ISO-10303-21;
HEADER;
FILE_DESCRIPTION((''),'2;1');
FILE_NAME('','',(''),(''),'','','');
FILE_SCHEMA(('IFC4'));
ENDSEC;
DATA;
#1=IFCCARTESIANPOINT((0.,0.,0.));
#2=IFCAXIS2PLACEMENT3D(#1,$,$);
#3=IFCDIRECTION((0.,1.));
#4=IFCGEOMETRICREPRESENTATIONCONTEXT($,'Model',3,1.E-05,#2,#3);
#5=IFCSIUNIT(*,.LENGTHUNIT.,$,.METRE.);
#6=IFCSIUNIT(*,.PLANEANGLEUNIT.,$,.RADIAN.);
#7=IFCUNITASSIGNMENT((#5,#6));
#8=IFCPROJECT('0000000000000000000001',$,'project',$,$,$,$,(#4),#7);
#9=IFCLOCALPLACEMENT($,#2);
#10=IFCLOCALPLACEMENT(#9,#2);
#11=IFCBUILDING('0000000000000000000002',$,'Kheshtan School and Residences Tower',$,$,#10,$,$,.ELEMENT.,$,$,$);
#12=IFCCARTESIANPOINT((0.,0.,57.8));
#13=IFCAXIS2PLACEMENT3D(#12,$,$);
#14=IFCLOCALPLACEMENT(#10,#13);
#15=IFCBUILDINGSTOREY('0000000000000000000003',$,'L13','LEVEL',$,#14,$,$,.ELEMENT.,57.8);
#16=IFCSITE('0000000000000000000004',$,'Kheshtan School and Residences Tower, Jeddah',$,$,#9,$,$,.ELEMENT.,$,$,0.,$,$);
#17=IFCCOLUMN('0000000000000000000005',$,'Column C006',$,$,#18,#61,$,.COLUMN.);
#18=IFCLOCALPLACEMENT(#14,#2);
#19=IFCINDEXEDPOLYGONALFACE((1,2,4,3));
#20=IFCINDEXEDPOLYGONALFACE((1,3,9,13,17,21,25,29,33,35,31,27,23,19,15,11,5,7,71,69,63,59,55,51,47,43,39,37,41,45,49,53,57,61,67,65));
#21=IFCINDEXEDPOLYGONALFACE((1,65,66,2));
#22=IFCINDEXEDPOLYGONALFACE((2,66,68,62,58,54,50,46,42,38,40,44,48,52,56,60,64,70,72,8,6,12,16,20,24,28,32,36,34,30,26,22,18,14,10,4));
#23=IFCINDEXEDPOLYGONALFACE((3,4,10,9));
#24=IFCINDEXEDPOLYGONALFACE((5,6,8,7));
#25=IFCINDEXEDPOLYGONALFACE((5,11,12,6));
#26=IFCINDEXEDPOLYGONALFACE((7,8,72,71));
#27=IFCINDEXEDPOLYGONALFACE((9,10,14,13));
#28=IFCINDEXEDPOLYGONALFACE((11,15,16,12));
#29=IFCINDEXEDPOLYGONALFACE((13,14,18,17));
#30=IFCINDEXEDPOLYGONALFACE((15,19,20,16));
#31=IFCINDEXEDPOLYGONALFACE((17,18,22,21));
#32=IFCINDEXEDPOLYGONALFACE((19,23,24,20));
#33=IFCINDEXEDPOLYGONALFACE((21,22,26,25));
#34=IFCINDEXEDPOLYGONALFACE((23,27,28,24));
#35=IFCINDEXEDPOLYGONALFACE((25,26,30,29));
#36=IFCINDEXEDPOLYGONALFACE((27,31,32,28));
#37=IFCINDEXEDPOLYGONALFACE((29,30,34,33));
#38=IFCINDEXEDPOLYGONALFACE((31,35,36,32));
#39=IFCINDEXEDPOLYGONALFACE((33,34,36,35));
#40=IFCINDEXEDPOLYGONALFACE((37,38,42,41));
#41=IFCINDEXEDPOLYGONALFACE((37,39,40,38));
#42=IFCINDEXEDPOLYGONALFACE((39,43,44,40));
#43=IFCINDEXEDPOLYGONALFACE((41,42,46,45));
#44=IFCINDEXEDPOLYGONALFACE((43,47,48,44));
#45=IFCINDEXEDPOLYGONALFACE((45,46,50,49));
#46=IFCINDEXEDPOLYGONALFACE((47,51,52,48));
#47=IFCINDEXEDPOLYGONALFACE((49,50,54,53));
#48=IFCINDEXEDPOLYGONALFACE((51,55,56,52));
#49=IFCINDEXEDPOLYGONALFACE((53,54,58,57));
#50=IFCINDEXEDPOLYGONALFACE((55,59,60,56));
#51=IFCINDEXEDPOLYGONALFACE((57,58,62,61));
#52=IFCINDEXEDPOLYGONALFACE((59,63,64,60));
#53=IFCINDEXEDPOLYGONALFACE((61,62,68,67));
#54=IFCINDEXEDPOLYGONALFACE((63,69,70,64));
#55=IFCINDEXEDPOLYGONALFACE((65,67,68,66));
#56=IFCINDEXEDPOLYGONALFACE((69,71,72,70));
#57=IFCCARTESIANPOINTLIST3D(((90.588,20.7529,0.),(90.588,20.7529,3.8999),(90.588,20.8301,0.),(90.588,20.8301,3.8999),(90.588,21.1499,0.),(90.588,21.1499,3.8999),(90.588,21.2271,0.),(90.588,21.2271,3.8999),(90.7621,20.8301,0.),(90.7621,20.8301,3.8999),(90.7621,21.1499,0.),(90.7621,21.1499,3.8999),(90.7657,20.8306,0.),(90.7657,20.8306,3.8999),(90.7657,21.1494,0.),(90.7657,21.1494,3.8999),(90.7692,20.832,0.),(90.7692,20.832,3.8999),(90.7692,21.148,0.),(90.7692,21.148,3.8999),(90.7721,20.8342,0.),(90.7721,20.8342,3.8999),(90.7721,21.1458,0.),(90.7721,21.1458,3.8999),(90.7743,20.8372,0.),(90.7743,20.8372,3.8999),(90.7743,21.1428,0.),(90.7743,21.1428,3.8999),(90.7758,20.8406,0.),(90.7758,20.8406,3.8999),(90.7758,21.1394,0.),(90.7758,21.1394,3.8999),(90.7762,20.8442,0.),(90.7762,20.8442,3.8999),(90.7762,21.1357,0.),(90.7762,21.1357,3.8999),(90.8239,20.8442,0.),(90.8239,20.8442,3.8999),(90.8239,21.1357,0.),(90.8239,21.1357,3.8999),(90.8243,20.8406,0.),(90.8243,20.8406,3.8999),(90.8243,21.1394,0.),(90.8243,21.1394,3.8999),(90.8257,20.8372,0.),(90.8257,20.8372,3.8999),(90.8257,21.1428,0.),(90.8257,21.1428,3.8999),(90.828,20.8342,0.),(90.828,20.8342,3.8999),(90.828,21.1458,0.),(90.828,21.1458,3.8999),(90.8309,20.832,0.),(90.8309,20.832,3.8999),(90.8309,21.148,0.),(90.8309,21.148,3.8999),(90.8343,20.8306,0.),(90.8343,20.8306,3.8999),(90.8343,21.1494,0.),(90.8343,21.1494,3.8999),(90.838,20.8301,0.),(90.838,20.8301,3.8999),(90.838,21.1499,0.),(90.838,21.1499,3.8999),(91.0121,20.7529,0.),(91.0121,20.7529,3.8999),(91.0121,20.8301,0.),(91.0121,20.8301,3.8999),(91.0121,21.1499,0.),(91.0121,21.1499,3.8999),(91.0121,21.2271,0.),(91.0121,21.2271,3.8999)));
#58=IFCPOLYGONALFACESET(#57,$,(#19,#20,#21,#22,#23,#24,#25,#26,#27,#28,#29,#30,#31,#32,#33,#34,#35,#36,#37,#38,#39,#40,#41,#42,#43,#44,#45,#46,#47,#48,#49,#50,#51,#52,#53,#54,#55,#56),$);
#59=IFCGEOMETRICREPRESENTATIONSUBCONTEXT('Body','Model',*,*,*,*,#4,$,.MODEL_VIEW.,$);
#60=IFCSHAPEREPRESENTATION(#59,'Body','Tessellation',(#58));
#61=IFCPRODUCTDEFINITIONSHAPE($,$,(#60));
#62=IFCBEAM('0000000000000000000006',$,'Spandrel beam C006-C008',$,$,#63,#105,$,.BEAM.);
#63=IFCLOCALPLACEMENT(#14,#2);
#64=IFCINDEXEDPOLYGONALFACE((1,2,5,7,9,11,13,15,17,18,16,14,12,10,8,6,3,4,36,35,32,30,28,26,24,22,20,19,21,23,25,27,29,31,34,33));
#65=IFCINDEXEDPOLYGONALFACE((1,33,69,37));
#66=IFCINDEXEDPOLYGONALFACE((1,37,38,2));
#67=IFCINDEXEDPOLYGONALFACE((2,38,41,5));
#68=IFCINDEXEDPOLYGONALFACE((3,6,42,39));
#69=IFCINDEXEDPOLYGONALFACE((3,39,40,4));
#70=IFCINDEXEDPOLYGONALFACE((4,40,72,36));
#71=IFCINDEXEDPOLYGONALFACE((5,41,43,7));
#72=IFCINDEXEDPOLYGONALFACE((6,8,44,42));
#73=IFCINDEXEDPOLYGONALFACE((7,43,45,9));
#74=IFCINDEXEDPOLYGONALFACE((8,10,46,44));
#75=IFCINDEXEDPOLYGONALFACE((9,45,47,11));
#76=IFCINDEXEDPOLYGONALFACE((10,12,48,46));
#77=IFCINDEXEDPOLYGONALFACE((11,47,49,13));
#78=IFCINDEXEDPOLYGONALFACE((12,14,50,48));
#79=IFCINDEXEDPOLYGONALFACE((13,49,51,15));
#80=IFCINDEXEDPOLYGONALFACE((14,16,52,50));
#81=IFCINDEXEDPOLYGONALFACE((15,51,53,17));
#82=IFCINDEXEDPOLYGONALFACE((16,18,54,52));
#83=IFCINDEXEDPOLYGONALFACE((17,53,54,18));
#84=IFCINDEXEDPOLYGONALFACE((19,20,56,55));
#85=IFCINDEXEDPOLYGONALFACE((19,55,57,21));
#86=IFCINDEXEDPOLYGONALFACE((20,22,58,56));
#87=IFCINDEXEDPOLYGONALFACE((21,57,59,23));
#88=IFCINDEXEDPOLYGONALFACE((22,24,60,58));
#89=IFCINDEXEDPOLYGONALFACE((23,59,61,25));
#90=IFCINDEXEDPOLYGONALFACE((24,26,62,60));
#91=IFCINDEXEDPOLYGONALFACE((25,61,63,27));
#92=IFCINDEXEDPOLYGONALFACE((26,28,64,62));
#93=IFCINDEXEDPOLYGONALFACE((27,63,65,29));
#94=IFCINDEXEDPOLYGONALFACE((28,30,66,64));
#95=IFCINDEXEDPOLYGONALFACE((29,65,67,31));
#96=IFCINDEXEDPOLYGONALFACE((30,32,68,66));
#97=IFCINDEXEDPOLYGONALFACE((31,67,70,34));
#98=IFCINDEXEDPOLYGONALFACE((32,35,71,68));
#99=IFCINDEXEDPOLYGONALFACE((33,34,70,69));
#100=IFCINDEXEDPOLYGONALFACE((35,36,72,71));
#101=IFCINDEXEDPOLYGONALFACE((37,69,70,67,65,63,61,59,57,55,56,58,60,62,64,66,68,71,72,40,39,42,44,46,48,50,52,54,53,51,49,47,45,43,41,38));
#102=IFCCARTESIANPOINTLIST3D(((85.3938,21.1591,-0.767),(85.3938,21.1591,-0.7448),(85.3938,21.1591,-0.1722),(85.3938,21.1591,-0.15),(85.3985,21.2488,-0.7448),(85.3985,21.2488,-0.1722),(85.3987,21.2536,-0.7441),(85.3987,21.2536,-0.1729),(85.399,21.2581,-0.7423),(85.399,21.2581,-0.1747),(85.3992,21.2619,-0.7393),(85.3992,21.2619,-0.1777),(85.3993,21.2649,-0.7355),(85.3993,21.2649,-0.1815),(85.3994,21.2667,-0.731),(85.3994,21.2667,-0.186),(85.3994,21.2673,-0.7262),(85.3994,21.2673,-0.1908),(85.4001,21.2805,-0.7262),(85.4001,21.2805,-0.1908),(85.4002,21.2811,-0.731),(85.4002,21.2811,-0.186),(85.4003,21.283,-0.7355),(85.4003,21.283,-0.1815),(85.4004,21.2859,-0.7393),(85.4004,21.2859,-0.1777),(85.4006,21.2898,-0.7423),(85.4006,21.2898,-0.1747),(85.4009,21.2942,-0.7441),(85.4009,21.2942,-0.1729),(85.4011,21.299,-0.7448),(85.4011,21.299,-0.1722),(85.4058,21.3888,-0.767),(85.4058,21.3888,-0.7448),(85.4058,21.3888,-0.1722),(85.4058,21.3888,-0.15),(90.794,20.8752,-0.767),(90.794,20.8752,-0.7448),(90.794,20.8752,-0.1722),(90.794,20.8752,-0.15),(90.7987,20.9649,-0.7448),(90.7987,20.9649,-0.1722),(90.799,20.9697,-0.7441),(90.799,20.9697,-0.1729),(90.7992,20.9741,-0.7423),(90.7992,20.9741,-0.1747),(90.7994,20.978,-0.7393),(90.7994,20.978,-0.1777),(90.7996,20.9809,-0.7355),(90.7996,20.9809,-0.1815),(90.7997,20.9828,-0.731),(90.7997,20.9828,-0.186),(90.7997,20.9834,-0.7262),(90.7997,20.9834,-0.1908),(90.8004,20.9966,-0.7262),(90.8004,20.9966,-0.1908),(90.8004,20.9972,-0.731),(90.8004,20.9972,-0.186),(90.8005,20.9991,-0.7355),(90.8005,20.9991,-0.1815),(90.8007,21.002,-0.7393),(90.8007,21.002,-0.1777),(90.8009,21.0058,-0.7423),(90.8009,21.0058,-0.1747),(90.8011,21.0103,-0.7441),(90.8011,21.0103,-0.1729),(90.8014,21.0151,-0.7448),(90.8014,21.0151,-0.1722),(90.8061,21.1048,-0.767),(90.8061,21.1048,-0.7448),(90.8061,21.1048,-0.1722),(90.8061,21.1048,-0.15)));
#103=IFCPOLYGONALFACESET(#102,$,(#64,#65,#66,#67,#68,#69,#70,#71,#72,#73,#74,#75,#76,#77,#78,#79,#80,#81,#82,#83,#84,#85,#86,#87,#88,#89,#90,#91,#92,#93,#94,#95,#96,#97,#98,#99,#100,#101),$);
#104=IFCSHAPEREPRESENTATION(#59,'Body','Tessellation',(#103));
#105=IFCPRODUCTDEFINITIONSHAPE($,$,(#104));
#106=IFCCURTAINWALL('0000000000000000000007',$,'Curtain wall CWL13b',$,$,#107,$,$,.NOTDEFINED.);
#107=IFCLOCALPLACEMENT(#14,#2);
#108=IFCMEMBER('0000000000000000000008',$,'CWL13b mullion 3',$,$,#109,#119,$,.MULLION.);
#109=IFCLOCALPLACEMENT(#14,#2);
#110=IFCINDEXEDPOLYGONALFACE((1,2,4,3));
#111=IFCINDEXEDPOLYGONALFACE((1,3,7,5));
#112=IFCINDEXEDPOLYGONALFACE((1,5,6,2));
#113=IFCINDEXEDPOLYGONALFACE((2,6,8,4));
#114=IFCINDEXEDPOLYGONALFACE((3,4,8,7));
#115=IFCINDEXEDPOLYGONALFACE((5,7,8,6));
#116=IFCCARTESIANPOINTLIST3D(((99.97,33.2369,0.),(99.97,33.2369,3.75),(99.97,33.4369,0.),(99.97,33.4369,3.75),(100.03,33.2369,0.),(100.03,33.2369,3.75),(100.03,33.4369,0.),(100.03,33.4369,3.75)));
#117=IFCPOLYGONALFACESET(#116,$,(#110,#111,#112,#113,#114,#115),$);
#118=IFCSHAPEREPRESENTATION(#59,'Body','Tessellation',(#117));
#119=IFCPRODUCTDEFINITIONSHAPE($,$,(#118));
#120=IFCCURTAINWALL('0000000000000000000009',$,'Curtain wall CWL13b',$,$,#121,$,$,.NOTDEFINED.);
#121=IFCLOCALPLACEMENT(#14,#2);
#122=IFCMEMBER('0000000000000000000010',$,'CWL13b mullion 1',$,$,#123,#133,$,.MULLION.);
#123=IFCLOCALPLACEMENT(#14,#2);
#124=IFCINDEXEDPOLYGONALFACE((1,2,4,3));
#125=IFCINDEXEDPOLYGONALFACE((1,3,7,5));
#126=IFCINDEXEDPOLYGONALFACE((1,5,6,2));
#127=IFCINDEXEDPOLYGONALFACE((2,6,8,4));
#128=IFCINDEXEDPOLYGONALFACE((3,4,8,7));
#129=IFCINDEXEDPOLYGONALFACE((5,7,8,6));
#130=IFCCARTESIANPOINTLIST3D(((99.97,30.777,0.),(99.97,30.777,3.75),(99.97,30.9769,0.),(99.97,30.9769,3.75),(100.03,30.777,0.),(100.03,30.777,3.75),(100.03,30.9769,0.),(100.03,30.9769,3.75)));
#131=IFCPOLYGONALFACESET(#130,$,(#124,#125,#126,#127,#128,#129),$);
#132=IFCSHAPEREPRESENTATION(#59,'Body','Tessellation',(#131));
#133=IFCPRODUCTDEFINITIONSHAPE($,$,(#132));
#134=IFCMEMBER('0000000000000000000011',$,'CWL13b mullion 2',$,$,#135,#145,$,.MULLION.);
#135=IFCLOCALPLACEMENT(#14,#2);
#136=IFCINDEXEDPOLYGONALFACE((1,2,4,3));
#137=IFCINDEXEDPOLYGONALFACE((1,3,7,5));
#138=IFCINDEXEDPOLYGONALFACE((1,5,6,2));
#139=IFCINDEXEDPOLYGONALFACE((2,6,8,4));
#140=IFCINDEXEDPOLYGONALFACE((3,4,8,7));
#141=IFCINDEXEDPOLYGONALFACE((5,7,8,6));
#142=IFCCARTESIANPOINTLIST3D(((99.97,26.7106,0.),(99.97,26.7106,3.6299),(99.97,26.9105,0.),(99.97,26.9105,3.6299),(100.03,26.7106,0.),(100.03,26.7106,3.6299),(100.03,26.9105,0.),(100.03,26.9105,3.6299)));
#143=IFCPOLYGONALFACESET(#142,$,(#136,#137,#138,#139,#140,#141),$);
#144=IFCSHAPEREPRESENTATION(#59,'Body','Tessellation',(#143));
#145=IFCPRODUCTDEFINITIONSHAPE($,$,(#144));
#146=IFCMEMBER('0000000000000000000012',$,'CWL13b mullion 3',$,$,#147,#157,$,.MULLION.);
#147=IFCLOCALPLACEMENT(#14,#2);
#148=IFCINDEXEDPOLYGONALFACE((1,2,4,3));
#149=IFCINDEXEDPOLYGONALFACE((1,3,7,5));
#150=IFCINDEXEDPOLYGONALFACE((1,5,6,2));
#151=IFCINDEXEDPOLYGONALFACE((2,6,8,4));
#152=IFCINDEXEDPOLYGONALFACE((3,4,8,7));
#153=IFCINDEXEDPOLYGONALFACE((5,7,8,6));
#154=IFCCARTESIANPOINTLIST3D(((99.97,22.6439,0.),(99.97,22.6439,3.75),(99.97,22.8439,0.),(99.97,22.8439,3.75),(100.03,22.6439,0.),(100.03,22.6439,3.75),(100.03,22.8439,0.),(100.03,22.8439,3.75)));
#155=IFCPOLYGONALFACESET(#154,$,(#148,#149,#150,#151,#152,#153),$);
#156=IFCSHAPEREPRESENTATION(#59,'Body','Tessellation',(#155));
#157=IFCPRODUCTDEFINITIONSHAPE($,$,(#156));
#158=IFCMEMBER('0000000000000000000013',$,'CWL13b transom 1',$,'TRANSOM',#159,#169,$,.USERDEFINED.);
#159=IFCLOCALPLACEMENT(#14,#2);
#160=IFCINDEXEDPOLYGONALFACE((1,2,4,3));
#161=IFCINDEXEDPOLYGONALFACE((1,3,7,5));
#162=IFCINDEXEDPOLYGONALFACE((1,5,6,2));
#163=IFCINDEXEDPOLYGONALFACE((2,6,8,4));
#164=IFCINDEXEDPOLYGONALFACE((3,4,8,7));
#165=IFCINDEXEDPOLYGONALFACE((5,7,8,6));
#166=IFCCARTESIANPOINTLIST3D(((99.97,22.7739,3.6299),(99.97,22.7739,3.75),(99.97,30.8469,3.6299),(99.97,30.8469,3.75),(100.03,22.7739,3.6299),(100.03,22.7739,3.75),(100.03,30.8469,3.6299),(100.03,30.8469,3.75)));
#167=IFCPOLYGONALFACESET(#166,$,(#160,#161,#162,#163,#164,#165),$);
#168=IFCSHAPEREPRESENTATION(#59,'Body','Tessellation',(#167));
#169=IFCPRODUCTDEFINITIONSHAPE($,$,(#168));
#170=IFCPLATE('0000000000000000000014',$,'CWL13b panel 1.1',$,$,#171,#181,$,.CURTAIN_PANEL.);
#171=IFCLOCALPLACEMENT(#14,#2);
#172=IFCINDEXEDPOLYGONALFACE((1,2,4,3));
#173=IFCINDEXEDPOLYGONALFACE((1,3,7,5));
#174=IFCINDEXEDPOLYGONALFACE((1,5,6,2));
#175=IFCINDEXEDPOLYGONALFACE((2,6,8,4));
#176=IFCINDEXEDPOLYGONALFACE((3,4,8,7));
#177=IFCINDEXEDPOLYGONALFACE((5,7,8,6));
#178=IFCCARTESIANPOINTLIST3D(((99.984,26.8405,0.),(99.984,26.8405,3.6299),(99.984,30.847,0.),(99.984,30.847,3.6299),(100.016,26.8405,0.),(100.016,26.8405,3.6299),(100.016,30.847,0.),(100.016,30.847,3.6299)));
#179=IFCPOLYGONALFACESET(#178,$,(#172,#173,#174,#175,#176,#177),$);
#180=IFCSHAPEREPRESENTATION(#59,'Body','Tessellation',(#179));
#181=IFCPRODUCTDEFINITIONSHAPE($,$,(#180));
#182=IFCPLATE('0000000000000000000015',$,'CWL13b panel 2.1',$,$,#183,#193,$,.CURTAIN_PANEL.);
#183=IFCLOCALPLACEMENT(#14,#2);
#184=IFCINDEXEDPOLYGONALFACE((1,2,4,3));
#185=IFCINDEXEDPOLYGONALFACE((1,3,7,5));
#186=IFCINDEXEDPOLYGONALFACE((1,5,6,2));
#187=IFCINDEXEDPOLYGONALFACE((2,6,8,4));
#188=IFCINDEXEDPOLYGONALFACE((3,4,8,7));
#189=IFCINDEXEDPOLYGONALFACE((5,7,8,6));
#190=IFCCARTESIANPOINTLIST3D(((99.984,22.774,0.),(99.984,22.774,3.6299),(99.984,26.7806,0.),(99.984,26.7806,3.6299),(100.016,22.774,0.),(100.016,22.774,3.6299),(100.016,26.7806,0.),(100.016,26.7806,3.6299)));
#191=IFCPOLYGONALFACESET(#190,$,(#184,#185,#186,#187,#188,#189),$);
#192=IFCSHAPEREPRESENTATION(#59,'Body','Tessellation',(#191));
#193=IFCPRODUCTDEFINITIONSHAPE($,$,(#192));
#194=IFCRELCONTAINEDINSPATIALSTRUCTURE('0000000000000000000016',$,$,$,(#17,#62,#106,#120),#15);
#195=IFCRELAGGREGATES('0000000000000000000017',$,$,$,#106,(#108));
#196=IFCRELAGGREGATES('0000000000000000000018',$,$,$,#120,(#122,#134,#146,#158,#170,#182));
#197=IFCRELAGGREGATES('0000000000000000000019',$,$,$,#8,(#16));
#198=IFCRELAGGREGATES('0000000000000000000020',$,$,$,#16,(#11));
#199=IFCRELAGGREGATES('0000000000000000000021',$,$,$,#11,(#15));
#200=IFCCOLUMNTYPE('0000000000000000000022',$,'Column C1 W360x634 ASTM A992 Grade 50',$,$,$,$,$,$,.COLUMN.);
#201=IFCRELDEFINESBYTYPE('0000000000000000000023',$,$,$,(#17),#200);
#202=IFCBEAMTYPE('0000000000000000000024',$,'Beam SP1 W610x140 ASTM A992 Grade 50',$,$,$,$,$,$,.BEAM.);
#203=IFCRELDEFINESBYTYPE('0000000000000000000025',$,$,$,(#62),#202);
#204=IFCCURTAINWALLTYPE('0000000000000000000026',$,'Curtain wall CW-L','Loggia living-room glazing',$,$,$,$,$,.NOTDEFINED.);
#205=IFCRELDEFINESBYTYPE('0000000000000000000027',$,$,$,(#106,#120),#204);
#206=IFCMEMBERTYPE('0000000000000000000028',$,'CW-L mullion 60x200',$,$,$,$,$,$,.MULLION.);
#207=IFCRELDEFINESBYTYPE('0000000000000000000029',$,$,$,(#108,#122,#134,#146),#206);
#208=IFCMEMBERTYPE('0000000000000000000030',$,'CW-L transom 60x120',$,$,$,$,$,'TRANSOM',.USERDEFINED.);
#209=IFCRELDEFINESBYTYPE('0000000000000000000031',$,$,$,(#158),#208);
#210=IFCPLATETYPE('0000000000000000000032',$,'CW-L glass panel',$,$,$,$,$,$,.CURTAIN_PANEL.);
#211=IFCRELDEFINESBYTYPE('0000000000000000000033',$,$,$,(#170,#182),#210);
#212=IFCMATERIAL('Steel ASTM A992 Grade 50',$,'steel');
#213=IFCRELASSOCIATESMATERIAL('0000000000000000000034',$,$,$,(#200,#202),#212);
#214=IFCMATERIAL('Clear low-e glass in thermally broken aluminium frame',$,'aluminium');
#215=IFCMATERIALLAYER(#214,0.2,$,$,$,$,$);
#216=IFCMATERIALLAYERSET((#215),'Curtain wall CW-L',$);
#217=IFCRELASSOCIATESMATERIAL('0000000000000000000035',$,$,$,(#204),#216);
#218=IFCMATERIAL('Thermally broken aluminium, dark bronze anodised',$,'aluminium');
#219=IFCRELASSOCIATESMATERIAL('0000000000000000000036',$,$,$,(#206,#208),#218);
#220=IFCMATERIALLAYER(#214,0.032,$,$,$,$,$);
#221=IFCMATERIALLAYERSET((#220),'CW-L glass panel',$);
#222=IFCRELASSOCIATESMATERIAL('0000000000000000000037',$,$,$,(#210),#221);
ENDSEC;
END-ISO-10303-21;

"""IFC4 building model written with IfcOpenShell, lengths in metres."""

from ifc_helpers import new_model, si_unit, direction, frame, origin, origin_2d, place, context, subcontext, project, spatial, rectangle, i_section, extrude, material, layer, layer_set, material_profile, profile_set, type_object, element, aggregate, save


model = new_model("IFC4")

# Units and contexts
model_context = context("Model", 3, precision=1e-05, world=origin(), true_north=direction((0.0, 1.0)))
body_context = subcontext(model_context, "Body", "Model", "MODEL_VIEW")
ifc_project = project(units=[si_unit("LENGTHUNIT", "METRE"), si_unit("PLANEANGLEUNIT", "RADIAN")], contexts=[model_context])

# Site, building, storey
site_placement = place(None, origin())
site = spatial("IfcSite", under=ifc_project, at=site_placement, Name="Kheshtan School and Residences Tower, Jeddah", CompositionType="ELEMENT", RefElevation=0.0)
building_placement = place(site_placement, origin())
building = spatial("IfcBuilding", under=site, at=building_placement, Name="Kheshtan School and Residences Tower", CompositionType="ELEMENT")
storey_placement = place(building_placement, frame((0.0, 0.0, 57.8)))
storey = spatial("IfcBuildingStorey", under=building, at=storey_placement, Name="L13", Description="LEVEL", CompositionType="ELEMENT", Elevation=57.8)

# Column
ifc_material_1 = material(Name="Steel ASTM A992 Grade 50", Category="steel")
ifc_material_profile_1 = material_profile(ifc_material_1, i_section(OverallWidth=0.4241, OverallDepth=0.4741, WebThickness=0.0476, FlangeThickness=0.0771, FilletRadius=0.0142, at=origin_2d()), Name="W360x634")
ifc_profile_set_1 = profile_set([ifc_material_profile_1], Name="Steel ASTM A992 Grade 50")
column_type = type_object("IfcColumnType", Name="Column C1 W360x634 ASTM A992 Grade 50", PredefinedType="COLUMN", material=ifc_profile_set_1)
column_placement = place(storey_placement, frame((90.8, 20.99, 0.0), z_axis=(0.0, 0.0, 1.0), x_axis=(1.0, 0.0, 0.0)))
element("IfcColumn", 1, at=column_placement, inside=storey, type_object=column_type, Name="Column C006", PredefinedType="COLUMN", context=body_context, shape_type="SweptSolid", body=[
    extrude(i_section(OverallWidth=0.4241, OverallDepth=0.4741, WebThickness=0.0476, FlangeThickness=0.0771, FilletRadius=0.0142, at=origin_2d()), origin(), (0.0, 0.0, 1.0), 3.8999),
])

# Beam
ifc_material_profile_2 = material_profile(ifc_material_1, i_section(OverallWidth=0.23, OverallDepth=0.6169, WebThickness=0.0132, FlangeThickness=0.0222, FilletRadius=0.0186, at=origin_2d()), Name="W610x140")
ifc_profile_set_2 = profile_set([ifc_material_profile_2], Name="Steel ASTM A992 Grade 50")
beam_type = type_object("IfcBeamType", Name="Beam SP1 W610x140 ASTM A992 Grade 50", PredefinedType="BEAM", material=ifc_profile_set_2)
beam_placement = place(storey_placement, frame((90.8, 20.99, -0.4585), z_axis=(-0.998621, 0.052507, 0.0), x_axis=(-0.052507, -0.998621, 0.0)))
element("IfcBeam", 2, at=beam_placement, inside=storey, type_object=beam_type, Name="Spandrel beam C006-C008", PredefinedType="BEAM", context=body_context, shape_type="SweptSolid", body=[
    extrude(i_section(OverallWidth=0.23, OverallDepth=0.6169, WebThickness=0.0132, FlangeThickness=0.0222, FilletRadius=0.0186, at=origin_2d()), origin(), (0.0, 0.0, 1.0), 5.4077),
])

# Curtain wall, member
ifc_material_2 = material(Name="Clear low-e glass in thermally broken aluminium frame", Category="aluminium")
ifc_layer_1 = layer(ifc_material_2, 0.2)
ifc_layer_set_1 = layer_set([ifc_layer_1], Name="Curtain wall CW-L")
curtain_wall_type = type_object("IfcCurtainWallType", Name="Curtain wall CW-L", Description="Loggia living-room glazing", PredefinedType="NOTDEFINED", material=ifc_layer_set_1)
curtain_wall_1_placement = place(storey_placement, origin())
curtain_wall_1 = element("IfcCurtainWall", 3, at=curtain_wall_1_placement, inside=storey, type_object=curtain_wall_type, Name="Curtain wall CWL13b", PredefinedType="NOTDEFINED")
ifc_material_3 = material(Name="Thermally broken aluminium, dark bronze anodised", Category="aluminium")
ifc_material_profile_3 = material_profile(ifc_material_3, rectangle(XDim=0.0601, YDim=0.2, at=origin_2d()), Name="CW-L mullion 60x200")
ifc_profile_set_3 = profile_set([ifc_material_profile_3], Name="Thermally broken aluminium, dark bronze anodised")
member_type_1 = type_object("IfcMemberType", Name="CW-L mullion 60x200", PredefinedType="MULLION", material=ifc_profile_set_3)
member_1_placement = place(storey_placement, frame((100.0, 33.3369, 0.0), z_axis=(0.0, 0.0, 1.0), x_axis=(1.0, 0.0, 0.0)))
member_1 = element("IfcMember", 4, at=member_1_placement, type_object=member_type_1, Name="CWL13b mullion 3", PredefinedType="MULLION", context=body_context, shape_type="SweptSolid", body=[
    extrude(rectangle(XDim=0.0601, YDim=0.2, at=origin_2d()), origin(), (0.0, 0.0, 1.0), 3.75),
])
aggregate(curtain_wall_1, [member_1])

# Curtain wall, members, plates
curtain_wall_2_placement = place(storey_placement, origin())
curtain_wall_2 = element("IfcCurtainWall", 5, at=curtain_wall_2_placement, inside=storey, type_object=curtain_wall_type, Name="Curtain wall CWL13b", PredefinedType="NOTDEFINED")
member_2_placement = place(storey_placement, frame((100.0, 30.877, 0.0), z_axis=(0.0, 0.0, 1.0), x_axis=(1.0, 0.0, 0.0)))
member_2 = element("IfcMember", 6, at=member_2_placement, type_object=member_type_1, Name="CWL13b mullion 1", PredefinedType="MULLION", context=body_context, shape_type="SweptSolid", body=[
    extrude(rectangle(XDim=0.0601, YDim=0.2, at=origin_2d()), origin(), (0.0, 0.0, 1.0), 3.75),
])
member_3_placement = place(storey_placement, frame((100.0, 26.8105, 0.0), z_axis=(0.0, 0.0, 1.0), x_axis=(1.0, 0.0, 0.0)))
member_3 = element("IfcMember", 7, at=member_3_placement, type_object=member_type_1, Name="CWL13b mullion 2", PredefinedType="MULLION", context=body_context, shape_type="SweptSolid", body=[
    extrude(rectangle(XDim=0.0601, YDim=0.2, at=origin_2d()), origin(), (0.0, 0.0, 1.0), 3.6299),
])
member_4_placement = place(storey_placement, frame((100.0, 22.7439, 0.0), z_axis=(0.0, 0.0, 1.0), x_axis=(1.0, 0.0, 0.0)))
member_4 = element("IfcMember", 8, at=member_4_placement, type_object=member_type_1, Name="CWL13b mullion 3", PredefinedType="MULLION", context=body_context, shape_type="SweptSolid", body=[
    extrude(rectangle(XDim=0.0601, YDim=0.2, at=origin_2d()), origin(), (0.0, 0.0, 1.0), 3.75),
])
ifc_material_profile_4 = material_profile(ifc_material_3, rectangle(XDim=0.0601, YDim=0.1201, at=origin_2d()), Name="CW-L transom 60x120")
ifc_profile_set_4 = profile_set([ifc_material_profile_4], Name="Thermally broken aluminium, dark bronze anodised")
member_type_2 = type_object("IfcMemberType", Name="CW-L transom 60x120", ElementType="TRANSOM", PredefinedType="USERDEFINED", material=ifc_profile_set_4)
member_5_placement = place(storey_placement, frame((100.0, 30.8469, 3.6899), z_axis=(0.0, -1.0, 0.0), x_axis=(1.0, 0.0, 0.0)))
member_5 = element("IfcMember", 9, at=member_5_placement, type_object=member_type_2, Name="CWL13b transom 1", ObjectType="TRANSOM", PredefinedType="USERDEFINED", context=body_context, shape_type="SweptSolid", body=[
    extrude(rectangle(XDim=0.0601, YDim=0.1201, at=origin_2d()), origin(), (0.0, 0.0, 1.0), 8.073),
])
ifc_layer_2 = layer(ifc_material_2, 0.032)
ifc_layer_set_2 = layer_set([ifc_layer_2], Name="CW-L glass panel")
plate_type = type_object("IfcPlateType", Name="CW-L glass panel", PredefinedType="CURTAIN_PANEL", material=ifc_layer_set_2)
plate_1_placement = place(storey_placement, frame((100.0, 28.8438, 0.0), z_axis=(0.0, 0.0, 1.0), x_axis=(0.0, -1.0, 0.0)))
plate_1 = element("IfcPlate", 10, at=plate_1_placement, type_object=plate_type, Name="CWL13b panel 1.1", PredefinedType="CURTAIN_PANEL", context=body_context, shape_type="SweptSolid", body=[
    extrude(rectangle(XDim=4.0066, YDim=0.032, at=origin_2d()), origin(), (0.0, 0.0, 1.0), 3.6299),
])
plate_2_placement = place(storey_placement, frame((100.0, 24.7773, 0.0), z_axis=(0.0, 0.0, 1.0), x_axis=(0.0, -1.0, 0.0)))
plate_2 = element("IfcPlate", 11, at=plate_2_placement, type_object=plate_type, Name="CWL13b panel 2.1", PredefinedType="CURTAIN_PANEL", context=body_context, shape_type="SweptSolid", body=[
    extrude(rectangle(XDim=4.0066, YDim=0.032, at=origin_2d()), origin(), (0.0, 0.0, 1.0), 3.6299),
])
aggregate(curtain_wall_2, [member_2, member_3, member_4, member_5, plate_1, plate_2])

save(model, "model.ifc")
